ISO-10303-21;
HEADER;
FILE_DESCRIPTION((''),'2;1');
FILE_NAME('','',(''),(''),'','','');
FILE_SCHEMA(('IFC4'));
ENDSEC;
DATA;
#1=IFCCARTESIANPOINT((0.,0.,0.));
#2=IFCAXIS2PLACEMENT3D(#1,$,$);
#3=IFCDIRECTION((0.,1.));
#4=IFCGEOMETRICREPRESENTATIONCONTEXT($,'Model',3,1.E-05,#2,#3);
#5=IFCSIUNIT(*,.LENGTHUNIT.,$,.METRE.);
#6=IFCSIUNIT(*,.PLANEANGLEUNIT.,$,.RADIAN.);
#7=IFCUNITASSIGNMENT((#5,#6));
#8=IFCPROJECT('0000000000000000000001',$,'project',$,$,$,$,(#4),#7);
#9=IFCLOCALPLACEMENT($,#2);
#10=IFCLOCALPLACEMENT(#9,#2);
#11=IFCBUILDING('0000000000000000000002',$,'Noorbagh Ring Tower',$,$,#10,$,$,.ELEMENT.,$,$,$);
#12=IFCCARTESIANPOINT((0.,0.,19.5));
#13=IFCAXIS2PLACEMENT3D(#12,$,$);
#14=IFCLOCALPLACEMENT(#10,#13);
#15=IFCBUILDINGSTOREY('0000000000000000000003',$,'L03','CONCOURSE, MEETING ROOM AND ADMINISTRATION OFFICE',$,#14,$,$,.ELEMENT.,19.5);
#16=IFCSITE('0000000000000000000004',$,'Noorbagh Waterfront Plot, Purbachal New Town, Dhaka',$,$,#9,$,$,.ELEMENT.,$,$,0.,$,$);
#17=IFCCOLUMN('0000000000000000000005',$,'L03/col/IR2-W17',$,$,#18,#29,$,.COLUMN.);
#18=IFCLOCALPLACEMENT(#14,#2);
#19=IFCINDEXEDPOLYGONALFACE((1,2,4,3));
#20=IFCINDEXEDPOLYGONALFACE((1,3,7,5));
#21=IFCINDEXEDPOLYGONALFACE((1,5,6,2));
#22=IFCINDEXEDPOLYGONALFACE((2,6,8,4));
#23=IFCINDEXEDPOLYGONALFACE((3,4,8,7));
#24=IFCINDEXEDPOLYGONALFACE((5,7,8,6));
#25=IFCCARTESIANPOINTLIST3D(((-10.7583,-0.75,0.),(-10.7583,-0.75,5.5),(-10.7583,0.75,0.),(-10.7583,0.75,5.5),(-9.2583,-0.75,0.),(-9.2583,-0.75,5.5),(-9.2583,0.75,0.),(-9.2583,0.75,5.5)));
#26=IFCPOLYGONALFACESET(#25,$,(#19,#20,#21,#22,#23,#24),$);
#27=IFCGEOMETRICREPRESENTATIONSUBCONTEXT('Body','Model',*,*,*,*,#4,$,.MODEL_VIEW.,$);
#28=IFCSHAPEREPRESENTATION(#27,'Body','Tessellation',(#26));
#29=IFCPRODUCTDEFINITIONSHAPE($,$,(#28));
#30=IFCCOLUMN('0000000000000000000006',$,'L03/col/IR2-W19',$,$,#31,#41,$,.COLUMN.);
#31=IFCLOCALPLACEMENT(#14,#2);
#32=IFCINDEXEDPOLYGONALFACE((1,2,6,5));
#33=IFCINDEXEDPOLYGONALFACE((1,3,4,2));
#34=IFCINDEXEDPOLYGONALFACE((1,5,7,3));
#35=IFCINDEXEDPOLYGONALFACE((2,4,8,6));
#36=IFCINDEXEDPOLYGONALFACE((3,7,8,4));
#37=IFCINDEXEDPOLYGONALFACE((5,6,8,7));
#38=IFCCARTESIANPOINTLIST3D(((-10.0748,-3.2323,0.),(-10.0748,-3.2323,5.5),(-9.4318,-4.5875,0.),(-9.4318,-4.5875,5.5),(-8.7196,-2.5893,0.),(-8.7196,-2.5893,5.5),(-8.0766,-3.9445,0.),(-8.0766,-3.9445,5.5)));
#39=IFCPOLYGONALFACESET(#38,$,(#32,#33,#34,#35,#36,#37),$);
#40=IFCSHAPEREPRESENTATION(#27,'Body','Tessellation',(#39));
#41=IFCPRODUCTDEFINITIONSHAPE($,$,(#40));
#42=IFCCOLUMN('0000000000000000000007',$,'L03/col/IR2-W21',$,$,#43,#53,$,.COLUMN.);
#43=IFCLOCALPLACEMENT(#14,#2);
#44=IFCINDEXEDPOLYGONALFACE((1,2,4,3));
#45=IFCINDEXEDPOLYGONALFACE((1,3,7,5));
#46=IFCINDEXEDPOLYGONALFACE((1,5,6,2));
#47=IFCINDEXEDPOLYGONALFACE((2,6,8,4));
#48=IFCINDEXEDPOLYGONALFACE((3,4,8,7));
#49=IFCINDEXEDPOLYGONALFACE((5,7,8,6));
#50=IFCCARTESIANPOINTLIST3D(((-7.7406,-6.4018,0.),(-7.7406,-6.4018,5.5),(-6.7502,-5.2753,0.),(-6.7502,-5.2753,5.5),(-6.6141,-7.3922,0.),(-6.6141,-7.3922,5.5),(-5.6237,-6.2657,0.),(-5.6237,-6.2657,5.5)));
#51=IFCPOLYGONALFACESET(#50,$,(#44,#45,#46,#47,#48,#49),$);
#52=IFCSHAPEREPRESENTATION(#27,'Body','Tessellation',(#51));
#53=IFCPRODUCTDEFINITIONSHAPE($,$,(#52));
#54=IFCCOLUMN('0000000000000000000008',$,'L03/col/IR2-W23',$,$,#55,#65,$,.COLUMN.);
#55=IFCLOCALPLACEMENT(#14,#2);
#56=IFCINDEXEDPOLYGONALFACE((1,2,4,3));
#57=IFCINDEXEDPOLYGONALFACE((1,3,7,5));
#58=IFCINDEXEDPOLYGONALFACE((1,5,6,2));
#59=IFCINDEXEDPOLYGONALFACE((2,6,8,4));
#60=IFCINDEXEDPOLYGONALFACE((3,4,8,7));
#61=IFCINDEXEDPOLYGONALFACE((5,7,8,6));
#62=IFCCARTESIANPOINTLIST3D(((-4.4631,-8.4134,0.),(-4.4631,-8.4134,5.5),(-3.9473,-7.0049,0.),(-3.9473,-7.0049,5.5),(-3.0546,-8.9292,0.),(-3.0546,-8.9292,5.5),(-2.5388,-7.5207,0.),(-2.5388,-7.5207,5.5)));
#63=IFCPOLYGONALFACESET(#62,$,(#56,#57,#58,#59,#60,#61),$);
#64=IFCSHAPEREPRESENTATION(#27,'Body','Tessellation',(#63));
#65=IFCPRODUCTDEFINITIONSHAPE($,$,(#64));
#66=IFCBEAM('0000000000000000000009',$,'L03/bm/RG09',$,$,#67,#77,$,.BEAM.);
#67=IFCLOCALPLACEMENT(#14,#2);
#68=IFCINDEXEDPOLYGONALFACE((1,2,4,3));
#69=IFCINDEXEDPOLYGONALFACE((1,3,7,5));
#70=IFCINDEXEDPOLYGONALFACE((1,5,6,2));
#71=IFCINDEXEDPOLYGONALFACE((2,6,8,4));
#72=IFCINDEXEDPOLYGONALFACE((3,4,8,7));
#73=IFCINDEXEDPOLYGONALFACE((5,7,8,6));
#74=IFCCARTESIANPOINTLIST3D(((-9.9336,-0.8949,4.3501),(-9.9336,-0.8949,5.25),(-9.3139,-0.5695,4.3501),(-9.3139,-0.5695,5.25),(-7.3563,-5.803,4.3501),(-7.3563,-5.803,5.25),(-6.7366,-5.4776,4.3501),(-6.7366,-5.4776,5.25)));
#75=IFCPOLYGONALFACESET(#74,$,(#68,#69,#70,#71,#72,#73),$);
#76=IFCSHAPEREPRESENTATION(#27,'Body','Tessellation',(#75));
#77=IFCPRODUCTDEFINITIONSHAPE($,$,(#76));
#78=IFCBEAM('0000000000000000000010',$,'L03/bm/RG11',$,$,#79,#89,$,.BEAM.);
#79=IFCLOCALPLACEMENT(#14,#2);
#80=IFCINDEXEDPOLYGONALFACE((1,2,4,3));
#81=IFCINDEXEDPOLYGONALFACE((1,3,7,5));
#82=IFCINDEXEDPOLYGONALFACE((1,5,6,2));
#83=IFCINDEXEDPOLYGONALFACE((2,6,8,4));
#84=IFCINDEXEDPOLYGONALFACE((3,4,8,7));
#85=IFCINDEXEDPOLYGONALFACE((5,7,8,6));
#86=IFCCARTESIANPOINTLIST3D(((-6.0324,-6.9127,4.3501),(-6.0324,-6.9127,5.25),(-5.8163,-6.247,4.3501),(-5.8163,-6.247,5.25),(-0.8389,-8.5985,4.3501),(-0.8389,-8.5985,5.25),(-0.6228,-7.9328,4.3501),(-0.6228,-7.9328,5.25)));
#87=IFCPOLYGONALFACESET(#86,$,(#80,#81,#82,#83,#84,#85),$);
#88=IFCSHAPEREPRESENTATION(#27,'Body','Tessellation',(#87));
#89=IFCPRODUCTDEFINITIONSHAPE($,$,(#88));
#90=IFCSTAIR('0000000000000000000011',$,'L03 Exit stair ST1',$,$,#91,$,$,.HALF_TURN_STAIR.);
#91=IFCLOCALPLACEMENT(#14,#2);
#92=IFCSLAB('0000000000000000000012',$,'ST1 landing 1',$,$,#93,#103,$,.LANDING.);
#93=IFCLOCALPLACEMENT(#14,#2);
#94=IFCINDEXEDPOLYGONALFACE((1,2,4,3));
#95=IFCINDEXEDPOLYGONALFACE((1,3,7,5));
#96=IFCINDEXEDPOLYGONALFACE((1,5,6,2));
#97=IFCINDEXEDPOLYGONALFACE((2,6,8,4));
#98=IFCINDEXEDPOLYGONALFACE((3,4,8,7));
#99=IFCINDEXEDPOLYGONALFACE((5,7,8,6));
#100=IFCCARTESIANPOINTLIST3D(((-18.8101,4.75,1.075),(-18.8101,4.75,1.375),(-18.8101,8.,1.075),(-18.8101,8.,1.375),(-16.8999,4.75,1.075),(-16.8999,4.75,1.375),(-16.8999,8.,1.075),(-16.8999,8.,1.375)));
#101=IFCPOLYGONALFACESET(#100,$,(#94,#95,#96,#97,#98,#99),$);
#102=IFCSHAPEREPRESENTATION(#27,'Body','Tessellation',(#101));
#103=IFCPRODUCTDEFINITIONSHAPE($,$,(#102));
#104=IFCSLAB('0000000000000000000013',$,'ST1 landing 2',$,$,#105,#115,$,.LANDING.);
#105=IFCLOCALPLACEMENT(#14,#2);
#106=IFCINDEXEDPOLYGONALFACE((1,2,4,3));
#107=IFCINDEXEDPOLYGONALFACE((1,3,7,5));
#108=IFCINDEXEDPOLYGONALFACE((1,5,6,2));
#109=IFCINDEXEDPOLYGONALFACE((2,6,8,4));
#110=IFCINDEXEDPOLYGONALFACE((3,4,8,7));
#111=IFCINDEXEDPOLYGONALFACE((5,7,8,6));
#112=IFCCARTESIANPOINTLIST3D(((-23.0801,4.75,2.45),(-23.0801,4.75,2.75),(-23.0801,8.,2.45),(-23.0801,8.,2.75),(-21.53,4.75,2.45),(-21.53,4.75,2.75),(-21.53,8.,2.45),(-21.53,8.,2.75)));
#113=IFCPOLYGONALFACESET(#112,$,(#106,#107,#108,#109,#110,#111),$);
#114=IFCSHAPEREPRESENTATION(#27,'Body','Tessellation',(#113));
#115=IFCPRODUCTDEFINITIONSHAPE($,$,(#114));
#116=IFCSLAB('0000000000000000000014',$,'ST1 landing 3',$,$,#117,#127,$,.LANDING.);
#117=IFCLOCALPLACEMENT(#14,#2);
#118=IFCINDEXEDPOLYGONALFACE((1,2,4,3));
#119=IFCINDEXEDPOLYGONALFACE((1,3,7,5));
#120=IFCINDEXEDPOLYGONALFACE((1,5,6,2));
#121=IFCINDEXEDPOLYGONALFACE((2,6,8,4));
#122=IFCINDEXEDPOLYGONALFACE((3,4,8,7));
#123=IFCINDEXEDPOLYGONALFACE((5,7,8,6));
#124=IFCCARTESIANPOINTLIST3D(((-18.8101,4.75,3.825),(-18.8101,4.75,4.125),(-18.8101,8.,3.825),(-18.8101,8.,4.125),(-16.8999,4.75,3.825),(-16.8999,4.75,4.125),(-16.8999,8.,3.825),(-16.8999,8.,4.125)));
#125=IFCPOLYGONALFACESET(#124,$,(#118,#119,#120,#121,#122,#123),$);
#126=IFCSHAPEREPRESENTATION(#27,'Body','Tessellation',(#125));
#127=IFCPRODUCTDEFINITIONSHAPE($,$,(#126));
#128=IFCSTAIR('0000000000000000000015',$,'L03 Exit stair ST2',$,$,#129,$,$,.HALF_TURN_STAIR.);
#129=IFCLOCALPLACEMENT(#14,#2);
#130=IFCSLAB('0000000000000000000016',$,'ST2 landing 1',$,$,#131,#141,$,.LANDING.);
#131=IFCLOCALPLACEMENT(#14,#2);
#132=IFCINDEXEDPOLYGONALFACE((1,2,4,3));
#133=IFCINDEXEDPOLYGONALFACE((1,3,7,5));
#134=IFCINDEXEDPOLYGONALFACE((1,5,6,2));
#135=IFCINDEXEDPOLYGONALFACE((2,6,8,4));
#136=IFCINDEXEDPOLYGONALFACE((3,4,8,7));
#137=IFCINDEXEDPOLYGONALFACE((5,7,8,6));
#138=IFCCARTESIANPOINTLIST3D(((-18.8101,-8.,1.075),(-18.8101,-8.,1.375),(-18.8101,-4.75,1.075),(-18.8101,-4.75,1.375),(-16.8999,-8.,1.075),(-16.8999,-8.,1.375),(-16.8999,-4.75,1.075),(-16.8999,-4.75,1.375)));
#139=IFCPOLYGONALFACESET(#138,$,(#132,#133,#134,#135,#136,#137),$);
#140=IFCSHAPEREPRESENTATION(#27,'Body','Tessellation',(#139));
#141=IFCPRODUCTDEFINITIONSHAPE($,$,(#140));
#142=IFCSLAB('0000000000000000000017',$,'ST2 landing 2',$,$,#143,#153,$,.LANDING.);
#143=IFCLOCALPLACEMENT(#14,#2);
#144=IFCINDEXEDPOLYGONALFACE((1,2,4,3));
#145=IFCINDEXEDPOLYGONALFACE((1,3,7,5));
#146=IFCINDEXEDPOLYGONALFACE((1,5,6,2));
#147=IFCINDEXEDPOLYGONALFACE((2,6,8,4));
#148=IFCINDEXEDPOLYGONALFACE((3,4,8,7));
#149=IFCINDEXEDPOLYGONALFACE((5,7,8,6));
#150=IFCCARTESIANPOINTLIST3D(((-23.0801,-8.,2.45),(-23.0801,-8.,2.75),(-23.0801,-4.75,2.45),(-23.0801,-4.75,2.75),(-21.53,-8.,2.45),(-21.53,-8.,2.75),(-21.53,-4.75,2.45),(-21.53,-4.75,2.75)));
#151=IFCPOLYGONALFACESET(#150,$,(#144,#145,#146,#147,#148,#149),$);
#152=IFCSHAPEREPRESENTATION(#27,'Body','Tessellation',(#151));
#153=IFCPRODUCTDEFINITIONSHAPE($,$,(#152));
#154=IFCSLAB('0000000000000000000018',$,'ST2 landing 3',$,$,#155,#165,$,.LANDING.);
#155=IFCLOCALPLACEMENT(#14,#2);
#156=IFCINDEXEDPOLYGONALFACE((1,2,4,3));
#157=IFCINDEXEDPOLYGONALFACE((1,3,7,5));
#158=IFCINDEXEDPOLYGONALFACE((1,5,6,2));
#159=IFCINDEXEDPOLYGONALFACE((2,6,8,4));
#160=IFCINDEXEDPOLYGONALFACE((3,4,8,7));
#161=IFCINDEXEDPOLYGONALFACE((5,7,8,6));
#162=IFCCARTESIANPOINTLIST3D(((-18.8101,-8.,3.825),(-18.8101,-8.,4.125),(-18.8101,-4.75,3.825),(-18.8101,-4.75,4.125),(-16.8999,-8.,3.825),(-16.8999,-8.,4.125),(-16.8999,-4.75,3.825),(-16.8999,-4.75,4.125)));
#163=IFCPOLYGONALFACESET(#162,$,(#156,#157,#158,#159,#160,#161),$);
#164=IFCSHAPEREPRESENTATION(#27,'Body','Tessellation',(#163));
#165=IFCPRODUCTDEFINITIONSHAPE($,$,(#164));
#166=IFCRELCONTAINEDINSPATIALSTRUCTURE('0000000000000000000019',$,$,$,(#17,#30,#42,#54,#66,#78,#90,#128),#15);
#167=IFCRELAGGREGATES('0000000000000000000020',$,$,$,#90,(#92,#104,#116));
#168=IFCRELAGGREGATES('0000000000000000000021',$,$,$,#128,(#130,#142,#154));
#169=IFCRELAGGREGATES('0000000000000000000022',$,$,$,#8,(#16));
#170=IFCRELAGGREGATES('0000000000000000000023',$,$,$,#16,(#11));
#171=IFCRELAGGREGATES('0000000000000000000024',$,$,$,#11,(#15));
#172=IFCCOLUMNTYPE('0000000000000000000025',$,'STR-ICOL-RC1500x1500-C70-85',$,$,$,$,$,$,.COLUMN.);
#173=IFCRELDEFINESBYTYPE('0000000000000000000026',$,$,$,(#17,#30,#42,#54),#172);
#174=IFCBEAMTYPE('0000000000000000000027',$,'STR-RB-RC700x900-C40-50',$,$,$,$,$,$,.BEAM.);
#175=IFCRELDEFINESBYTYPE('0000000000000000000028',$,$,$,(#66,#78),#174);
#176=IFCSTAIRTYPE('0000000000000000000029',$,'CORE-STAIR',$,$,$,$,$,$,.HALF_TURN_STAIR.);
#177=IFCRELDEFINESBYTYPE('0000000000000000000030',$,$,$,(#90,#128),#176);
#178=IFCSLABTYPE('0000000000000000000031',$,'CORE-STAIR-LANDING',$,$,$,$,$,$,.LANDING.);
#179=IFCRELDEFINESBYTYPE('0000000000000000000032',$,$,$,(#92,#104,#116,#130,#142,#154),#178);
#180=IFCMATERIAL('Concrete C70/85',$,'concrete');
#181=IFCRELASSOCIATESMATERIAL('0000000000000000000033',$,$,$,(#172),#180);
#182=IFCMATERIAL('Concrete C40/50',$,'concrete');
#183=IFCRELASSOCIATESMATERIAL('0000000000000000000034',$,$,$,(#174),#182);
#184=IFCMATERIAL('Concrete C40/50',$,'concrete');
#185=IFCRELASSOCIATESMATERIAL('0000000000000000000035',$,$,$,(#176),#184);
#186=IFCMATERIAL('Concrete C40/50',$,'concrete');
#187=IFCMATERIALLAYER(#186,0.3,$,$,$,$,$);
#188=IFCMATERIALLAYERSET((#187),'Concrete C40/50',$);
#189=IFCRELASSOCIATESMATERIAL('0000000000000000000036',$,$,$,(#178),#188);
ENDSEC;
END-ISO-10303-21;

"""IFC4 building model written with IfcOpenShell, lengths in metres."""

from ifc_helpers import new_model, si_unit, direction, frame, origin, origin_2d, place, context, subcontext, project, spatial, polyline, rectangle, outline, extrude, material, layer, layer_set, material_profile, profile_set, type_object, element, aggregate, save


model = new_model("IFC4")

# Units and contexts
model_context = context("Model", 3, precision=1e-05, world=origin(), true_north=direction((0.0, 1.0)))
body_context = subcontext(model_context, "Body", "Model", "MODEL_VIEW")
ifc_project = project(units=[si_unit("LENGTHUNIT", "METRE"), si_unit("PLANEANGLEUNIT", "RADIAN")], contexts=[model_context])

# Site, building, storey
site_placement = place(None, origin())
site = spatial("IfcSite", under=ifc_project, at=site_placement, Name="Noorbagh Waterfront Plot, Purbachal New Town, Dhaka", CompositionType="ELEMENT", RefElevation=0.0)
building_placement = place(site_placement, origin())
building = spatial("IfcBuilding", under=site, at=building_placement, Name="Noorbagh Ring Tower", CompositionType="ELEMENT")
storey_placement = place(building_placement, frame((0.0, 0.0, 19.5)))
storey = spatial("IfcBuildingStorey", under=building, at=storey_placement, Name="L03", Description="CONCOURSE, MEETING ROOM AND ADMINISTRATION OFFICE", CompositionType="ELEMENT", Elevation=19.5)

# Columns
ifc_material_1 = material(Name="Concrete C70/85", Category="concrete")
ifc_material_profile_1 = material_profile(ifc_material_1, rectangle(XDim=1.5, YDim=1.5, at=origin_2d()), Name="RC1500x1500")
ifc_profile_set_1 = profile_set([ifc_material_profile_1], Name="Concrete C70/85")
column_type = type_object("IfcColumnType", Name="STR-ICOL-RC1500x1500-C70-85", PredefinedType="COLUMN", material=ifc_profile_set_1)
for number, where, z_axis, x_axis, name in (
    (1, (-10.0083, 0.0, 0.0), (0.0, 0.0, 1.0), (0.0, -1.0, 0.0), "L03/col/IR2-W17"),
    (2, (-9.0757, -3.5884, 0.0), (0.0, 0.0, 1.0), (0.428667, -0.903463, 0.0), "L03/col/IR2-W19"),
    (3, (-6.6821, -6.3337, 0.0), (0.0, 0.0, 1.0), (0.751022, -0.660277, 0.0), "L03/col/IR2-W21"),
    (4, (-3.501, -7.967, 0.0), (0.0, 0.0, 1.0), (0.93902, -0.343864, 0.0), "L03/col/IR2-W23"),
):
    element("IfcColumn", number, at=place(storey_placement, frame(where, z_axis=z_axis, x_axis=x_axis)), inside=storey, type_object=column_type, Name=name, PredefinedType="COLUMN", context=body_context, shape_type="SweptSolid", body=[
        extrude(rectangle(XDim=1.5, YDim=1.5, at=origin_2d()), origin(), (0.0, 0.0, 1.0), 5.5),
    ])

# Beams
ifc_material_2 = material(Name="Concrete C40/50", Category="concrete")
ifc_material_profile_2 = material_profile(ifc_material_2, rectangle(XDim=0.7, YDim=0.8999, at=origin_2d()), Name="RC700x900")
ifc_profile_set_2 = profile_set([ifc_material_profile_2], Name="Concrete C40/50")
beam_type = type_object("IfcBeamType", Name="STR-RB-RC700x900-C40-50", PredefinedType="BEAM", material=ifc_profile_set_2)
beam_1_placement = place(storey_placement, frame((-9.6238, -0.7322, 4.8), z_axis=(0.464917, -0.885354, 0.0), x_axis=(0.885354, 0.464917, 0.0)))
element("IfcBeam", 5, at=beam_1_placement, inside=storey, type_object=beam_type, Name="L03/bm/RG09", PredefinedType="BEAM", context=body_context, shape_type="SweptSolid", body=[
    extrude(rectangle(XDim=0.7, YDim=0.8999, at=origin_2d()), origin(), (0.0, 0.0, 1.0), 5.5437),
])
beam_2_placement = place(storey_placement, frame((-5.9243, -6.5798, 4.8), z_axis=(0.951144, -0.308746, 0.0), x_axis=(0.308746, 0.951144, 0.0)))
element("IfcBeam", 6, at=beam_2_placement, inside=storey, type_object=beam_type, Name="L03/bm/RG11", PredefinedType="BEAM", context=body_context, shape_type="SweptSolid", body=[
    extrude(rectangle(XDim=0.7, YDim=0.8999, at=origin_2d()), origin(), (0.0, 0.0, 1.0), 5.4602),
])

# Stairs, slabs
ifc_material_3 = material(Name="Concrete C40/50", Category="concrete")
stair_type = type_object("IfcStairType", Name="CORE-STAIR", PredefinedType="HALF_TURN_STAIR", material=ifc_material_3)
stair_1_placement = place(storey_placement, origin())
stair_1 = element("IfcStair", 7, at=stair_1_placement, inside=storey, type_object=stair_type, Name="L03 Exit stair ST1", PredefinedType="HALF_TURN_STAIR")
ifc_material_4 = material(Name="Concrete C40/50", Category="concrete")
ifc_layer_1 = layer(ifc_material_4, 0.3)
ifc_layer_set_1 = layer_set([ifc_layer_1], Name="Concrete C40/50")
slab_type_1 = type_object("IfcSlabType", Name="CORE-STAIR-LANDING", PredefinedType="LANDING", material=ifc_layer_set_1)
slab_1_placement = place(storey_placement, frame((0.0, 0.0, 1.075)))
slab_1 = element("IfcSlab", 8, at=slab_1_placement, type_object=slab_type_1, Name="ST1 landing 1", PredefinedType="LANDING", context=body_context, shape_type="SweptSolid", body=[
    extrude(outline(polyline([(-18.8101, 4.75), (-16.8999, 4.75), (-16.8999, 8.0), (-18.8101, 8.0), (-18.8101, 4.75)])), origin(), (0.0, 0.0, 1.0), 0.3),
])
slab_2_placement = place(storey_placement, frame((0.0, 0.0, 2.45)))
slab_2 = element("IfcSlab", 9, at=slab_2_placement, type_object=slab_type_1, Name="ST1 landing 2", PredefinedType="LANDING", context=body_context, shape_type="SweptSolid", body=[
    extrude(outline(polyline([(-23.0801, 4.75), (-21.53, 4.75), (-21.53, 8.0), (-23.0801, 8.0), (-23.0801, 4.75)])), origin(), (0.0, 0.0, 1.0), 0.3),
])
slab_3_placement = place(storey_placement, frame((0.0, 0.0, 3.825)))
slab_3 = element("IfcSlab", 10, at=slab_3_placement, type_object=slab_type_1, Name="ST1 landing 3", PredefinedType="LANDING", context=body_context, shape_type="SweptSolid", body=[
    extrude(outline(polyline([(-18.8101, 4.75), (-16.8999, 4.75), (-16.8999, 8.0), (-18.8101, 8.0), (-18.8101, 4.75)])), origin(), (0.0, 0.0, 1.0), 0.3),
])
aggregate(stair_1, [slab_1, slab_2, slab_3])
stair_2_placement = place(storey_placement, origin())
stair_2 = element("IfcStair", 11, at=stair_2_placement, inside=storey, type_object=stair_type, Name="L03 Exit stair ST2", PredefinedType="HALF_TURN_STAIR")
slab_4_placement = place(storey_placement, frame((0.0, 0.0, 1.075)))
slab_4 = element("IfcSlab", 12, at=slab_4_placement, type_object=slab_type_1, Name="ST2 landing 1", PredefinedType="LANDING", context=body_context, shape_type="SweptSolid", body=[
    extrude(outline(polyline([(-18.8101, -8.0), (-16.8999, -8.0), (-16.8999, -4.75), (-18.8101, -4.75), (-18.8101, -8.0)])), origin(), (0.0, 0.0, 1.0), 0.3),
])
slab_5_placement = place(storey_placement, frame((0.0, 0.0, 2.45)))
slab_5 = element("IfcSlab", 13, at=slab_5_placement, type_object=slab_type_1, Name="ST2 landing 2", PredefinedType="LANDING", context=body_context, shape_type="SweptSolid", body=[
    extrude(outline(polyline([(-23.0801, -8.0), (-21.53, -8.0), (-21.53, -4.75), (-23.0801, -4.75), (-23.0801, -8.0)])), origin(), (0.0, 0.0, 1.0), 0.3),
])
slab_6_placement = place(storey_placement, frame((0.0, 0.0, 3.825)))
slab_6 = element("IfcSlab", 14, at=slab_6_placement, type_object=slab_type_1, Name="ST2 landing 3", PredefinedType="LANDING", context=body_context, shape_type="SweptSolid", body=[
    extrude(outline(polyline([(-18.8101, -8.0), (-16.8999, -8.0), (-16.8999, -4.75), (-18.8101, -4.75), (-18.8101, -8.0)])), origin(), (0.0, 0.0, 1.0), 0.3),
])
aggregate(stair_2, [slab_4, slab_5, slab_6])

save(model, "model.ifc")
